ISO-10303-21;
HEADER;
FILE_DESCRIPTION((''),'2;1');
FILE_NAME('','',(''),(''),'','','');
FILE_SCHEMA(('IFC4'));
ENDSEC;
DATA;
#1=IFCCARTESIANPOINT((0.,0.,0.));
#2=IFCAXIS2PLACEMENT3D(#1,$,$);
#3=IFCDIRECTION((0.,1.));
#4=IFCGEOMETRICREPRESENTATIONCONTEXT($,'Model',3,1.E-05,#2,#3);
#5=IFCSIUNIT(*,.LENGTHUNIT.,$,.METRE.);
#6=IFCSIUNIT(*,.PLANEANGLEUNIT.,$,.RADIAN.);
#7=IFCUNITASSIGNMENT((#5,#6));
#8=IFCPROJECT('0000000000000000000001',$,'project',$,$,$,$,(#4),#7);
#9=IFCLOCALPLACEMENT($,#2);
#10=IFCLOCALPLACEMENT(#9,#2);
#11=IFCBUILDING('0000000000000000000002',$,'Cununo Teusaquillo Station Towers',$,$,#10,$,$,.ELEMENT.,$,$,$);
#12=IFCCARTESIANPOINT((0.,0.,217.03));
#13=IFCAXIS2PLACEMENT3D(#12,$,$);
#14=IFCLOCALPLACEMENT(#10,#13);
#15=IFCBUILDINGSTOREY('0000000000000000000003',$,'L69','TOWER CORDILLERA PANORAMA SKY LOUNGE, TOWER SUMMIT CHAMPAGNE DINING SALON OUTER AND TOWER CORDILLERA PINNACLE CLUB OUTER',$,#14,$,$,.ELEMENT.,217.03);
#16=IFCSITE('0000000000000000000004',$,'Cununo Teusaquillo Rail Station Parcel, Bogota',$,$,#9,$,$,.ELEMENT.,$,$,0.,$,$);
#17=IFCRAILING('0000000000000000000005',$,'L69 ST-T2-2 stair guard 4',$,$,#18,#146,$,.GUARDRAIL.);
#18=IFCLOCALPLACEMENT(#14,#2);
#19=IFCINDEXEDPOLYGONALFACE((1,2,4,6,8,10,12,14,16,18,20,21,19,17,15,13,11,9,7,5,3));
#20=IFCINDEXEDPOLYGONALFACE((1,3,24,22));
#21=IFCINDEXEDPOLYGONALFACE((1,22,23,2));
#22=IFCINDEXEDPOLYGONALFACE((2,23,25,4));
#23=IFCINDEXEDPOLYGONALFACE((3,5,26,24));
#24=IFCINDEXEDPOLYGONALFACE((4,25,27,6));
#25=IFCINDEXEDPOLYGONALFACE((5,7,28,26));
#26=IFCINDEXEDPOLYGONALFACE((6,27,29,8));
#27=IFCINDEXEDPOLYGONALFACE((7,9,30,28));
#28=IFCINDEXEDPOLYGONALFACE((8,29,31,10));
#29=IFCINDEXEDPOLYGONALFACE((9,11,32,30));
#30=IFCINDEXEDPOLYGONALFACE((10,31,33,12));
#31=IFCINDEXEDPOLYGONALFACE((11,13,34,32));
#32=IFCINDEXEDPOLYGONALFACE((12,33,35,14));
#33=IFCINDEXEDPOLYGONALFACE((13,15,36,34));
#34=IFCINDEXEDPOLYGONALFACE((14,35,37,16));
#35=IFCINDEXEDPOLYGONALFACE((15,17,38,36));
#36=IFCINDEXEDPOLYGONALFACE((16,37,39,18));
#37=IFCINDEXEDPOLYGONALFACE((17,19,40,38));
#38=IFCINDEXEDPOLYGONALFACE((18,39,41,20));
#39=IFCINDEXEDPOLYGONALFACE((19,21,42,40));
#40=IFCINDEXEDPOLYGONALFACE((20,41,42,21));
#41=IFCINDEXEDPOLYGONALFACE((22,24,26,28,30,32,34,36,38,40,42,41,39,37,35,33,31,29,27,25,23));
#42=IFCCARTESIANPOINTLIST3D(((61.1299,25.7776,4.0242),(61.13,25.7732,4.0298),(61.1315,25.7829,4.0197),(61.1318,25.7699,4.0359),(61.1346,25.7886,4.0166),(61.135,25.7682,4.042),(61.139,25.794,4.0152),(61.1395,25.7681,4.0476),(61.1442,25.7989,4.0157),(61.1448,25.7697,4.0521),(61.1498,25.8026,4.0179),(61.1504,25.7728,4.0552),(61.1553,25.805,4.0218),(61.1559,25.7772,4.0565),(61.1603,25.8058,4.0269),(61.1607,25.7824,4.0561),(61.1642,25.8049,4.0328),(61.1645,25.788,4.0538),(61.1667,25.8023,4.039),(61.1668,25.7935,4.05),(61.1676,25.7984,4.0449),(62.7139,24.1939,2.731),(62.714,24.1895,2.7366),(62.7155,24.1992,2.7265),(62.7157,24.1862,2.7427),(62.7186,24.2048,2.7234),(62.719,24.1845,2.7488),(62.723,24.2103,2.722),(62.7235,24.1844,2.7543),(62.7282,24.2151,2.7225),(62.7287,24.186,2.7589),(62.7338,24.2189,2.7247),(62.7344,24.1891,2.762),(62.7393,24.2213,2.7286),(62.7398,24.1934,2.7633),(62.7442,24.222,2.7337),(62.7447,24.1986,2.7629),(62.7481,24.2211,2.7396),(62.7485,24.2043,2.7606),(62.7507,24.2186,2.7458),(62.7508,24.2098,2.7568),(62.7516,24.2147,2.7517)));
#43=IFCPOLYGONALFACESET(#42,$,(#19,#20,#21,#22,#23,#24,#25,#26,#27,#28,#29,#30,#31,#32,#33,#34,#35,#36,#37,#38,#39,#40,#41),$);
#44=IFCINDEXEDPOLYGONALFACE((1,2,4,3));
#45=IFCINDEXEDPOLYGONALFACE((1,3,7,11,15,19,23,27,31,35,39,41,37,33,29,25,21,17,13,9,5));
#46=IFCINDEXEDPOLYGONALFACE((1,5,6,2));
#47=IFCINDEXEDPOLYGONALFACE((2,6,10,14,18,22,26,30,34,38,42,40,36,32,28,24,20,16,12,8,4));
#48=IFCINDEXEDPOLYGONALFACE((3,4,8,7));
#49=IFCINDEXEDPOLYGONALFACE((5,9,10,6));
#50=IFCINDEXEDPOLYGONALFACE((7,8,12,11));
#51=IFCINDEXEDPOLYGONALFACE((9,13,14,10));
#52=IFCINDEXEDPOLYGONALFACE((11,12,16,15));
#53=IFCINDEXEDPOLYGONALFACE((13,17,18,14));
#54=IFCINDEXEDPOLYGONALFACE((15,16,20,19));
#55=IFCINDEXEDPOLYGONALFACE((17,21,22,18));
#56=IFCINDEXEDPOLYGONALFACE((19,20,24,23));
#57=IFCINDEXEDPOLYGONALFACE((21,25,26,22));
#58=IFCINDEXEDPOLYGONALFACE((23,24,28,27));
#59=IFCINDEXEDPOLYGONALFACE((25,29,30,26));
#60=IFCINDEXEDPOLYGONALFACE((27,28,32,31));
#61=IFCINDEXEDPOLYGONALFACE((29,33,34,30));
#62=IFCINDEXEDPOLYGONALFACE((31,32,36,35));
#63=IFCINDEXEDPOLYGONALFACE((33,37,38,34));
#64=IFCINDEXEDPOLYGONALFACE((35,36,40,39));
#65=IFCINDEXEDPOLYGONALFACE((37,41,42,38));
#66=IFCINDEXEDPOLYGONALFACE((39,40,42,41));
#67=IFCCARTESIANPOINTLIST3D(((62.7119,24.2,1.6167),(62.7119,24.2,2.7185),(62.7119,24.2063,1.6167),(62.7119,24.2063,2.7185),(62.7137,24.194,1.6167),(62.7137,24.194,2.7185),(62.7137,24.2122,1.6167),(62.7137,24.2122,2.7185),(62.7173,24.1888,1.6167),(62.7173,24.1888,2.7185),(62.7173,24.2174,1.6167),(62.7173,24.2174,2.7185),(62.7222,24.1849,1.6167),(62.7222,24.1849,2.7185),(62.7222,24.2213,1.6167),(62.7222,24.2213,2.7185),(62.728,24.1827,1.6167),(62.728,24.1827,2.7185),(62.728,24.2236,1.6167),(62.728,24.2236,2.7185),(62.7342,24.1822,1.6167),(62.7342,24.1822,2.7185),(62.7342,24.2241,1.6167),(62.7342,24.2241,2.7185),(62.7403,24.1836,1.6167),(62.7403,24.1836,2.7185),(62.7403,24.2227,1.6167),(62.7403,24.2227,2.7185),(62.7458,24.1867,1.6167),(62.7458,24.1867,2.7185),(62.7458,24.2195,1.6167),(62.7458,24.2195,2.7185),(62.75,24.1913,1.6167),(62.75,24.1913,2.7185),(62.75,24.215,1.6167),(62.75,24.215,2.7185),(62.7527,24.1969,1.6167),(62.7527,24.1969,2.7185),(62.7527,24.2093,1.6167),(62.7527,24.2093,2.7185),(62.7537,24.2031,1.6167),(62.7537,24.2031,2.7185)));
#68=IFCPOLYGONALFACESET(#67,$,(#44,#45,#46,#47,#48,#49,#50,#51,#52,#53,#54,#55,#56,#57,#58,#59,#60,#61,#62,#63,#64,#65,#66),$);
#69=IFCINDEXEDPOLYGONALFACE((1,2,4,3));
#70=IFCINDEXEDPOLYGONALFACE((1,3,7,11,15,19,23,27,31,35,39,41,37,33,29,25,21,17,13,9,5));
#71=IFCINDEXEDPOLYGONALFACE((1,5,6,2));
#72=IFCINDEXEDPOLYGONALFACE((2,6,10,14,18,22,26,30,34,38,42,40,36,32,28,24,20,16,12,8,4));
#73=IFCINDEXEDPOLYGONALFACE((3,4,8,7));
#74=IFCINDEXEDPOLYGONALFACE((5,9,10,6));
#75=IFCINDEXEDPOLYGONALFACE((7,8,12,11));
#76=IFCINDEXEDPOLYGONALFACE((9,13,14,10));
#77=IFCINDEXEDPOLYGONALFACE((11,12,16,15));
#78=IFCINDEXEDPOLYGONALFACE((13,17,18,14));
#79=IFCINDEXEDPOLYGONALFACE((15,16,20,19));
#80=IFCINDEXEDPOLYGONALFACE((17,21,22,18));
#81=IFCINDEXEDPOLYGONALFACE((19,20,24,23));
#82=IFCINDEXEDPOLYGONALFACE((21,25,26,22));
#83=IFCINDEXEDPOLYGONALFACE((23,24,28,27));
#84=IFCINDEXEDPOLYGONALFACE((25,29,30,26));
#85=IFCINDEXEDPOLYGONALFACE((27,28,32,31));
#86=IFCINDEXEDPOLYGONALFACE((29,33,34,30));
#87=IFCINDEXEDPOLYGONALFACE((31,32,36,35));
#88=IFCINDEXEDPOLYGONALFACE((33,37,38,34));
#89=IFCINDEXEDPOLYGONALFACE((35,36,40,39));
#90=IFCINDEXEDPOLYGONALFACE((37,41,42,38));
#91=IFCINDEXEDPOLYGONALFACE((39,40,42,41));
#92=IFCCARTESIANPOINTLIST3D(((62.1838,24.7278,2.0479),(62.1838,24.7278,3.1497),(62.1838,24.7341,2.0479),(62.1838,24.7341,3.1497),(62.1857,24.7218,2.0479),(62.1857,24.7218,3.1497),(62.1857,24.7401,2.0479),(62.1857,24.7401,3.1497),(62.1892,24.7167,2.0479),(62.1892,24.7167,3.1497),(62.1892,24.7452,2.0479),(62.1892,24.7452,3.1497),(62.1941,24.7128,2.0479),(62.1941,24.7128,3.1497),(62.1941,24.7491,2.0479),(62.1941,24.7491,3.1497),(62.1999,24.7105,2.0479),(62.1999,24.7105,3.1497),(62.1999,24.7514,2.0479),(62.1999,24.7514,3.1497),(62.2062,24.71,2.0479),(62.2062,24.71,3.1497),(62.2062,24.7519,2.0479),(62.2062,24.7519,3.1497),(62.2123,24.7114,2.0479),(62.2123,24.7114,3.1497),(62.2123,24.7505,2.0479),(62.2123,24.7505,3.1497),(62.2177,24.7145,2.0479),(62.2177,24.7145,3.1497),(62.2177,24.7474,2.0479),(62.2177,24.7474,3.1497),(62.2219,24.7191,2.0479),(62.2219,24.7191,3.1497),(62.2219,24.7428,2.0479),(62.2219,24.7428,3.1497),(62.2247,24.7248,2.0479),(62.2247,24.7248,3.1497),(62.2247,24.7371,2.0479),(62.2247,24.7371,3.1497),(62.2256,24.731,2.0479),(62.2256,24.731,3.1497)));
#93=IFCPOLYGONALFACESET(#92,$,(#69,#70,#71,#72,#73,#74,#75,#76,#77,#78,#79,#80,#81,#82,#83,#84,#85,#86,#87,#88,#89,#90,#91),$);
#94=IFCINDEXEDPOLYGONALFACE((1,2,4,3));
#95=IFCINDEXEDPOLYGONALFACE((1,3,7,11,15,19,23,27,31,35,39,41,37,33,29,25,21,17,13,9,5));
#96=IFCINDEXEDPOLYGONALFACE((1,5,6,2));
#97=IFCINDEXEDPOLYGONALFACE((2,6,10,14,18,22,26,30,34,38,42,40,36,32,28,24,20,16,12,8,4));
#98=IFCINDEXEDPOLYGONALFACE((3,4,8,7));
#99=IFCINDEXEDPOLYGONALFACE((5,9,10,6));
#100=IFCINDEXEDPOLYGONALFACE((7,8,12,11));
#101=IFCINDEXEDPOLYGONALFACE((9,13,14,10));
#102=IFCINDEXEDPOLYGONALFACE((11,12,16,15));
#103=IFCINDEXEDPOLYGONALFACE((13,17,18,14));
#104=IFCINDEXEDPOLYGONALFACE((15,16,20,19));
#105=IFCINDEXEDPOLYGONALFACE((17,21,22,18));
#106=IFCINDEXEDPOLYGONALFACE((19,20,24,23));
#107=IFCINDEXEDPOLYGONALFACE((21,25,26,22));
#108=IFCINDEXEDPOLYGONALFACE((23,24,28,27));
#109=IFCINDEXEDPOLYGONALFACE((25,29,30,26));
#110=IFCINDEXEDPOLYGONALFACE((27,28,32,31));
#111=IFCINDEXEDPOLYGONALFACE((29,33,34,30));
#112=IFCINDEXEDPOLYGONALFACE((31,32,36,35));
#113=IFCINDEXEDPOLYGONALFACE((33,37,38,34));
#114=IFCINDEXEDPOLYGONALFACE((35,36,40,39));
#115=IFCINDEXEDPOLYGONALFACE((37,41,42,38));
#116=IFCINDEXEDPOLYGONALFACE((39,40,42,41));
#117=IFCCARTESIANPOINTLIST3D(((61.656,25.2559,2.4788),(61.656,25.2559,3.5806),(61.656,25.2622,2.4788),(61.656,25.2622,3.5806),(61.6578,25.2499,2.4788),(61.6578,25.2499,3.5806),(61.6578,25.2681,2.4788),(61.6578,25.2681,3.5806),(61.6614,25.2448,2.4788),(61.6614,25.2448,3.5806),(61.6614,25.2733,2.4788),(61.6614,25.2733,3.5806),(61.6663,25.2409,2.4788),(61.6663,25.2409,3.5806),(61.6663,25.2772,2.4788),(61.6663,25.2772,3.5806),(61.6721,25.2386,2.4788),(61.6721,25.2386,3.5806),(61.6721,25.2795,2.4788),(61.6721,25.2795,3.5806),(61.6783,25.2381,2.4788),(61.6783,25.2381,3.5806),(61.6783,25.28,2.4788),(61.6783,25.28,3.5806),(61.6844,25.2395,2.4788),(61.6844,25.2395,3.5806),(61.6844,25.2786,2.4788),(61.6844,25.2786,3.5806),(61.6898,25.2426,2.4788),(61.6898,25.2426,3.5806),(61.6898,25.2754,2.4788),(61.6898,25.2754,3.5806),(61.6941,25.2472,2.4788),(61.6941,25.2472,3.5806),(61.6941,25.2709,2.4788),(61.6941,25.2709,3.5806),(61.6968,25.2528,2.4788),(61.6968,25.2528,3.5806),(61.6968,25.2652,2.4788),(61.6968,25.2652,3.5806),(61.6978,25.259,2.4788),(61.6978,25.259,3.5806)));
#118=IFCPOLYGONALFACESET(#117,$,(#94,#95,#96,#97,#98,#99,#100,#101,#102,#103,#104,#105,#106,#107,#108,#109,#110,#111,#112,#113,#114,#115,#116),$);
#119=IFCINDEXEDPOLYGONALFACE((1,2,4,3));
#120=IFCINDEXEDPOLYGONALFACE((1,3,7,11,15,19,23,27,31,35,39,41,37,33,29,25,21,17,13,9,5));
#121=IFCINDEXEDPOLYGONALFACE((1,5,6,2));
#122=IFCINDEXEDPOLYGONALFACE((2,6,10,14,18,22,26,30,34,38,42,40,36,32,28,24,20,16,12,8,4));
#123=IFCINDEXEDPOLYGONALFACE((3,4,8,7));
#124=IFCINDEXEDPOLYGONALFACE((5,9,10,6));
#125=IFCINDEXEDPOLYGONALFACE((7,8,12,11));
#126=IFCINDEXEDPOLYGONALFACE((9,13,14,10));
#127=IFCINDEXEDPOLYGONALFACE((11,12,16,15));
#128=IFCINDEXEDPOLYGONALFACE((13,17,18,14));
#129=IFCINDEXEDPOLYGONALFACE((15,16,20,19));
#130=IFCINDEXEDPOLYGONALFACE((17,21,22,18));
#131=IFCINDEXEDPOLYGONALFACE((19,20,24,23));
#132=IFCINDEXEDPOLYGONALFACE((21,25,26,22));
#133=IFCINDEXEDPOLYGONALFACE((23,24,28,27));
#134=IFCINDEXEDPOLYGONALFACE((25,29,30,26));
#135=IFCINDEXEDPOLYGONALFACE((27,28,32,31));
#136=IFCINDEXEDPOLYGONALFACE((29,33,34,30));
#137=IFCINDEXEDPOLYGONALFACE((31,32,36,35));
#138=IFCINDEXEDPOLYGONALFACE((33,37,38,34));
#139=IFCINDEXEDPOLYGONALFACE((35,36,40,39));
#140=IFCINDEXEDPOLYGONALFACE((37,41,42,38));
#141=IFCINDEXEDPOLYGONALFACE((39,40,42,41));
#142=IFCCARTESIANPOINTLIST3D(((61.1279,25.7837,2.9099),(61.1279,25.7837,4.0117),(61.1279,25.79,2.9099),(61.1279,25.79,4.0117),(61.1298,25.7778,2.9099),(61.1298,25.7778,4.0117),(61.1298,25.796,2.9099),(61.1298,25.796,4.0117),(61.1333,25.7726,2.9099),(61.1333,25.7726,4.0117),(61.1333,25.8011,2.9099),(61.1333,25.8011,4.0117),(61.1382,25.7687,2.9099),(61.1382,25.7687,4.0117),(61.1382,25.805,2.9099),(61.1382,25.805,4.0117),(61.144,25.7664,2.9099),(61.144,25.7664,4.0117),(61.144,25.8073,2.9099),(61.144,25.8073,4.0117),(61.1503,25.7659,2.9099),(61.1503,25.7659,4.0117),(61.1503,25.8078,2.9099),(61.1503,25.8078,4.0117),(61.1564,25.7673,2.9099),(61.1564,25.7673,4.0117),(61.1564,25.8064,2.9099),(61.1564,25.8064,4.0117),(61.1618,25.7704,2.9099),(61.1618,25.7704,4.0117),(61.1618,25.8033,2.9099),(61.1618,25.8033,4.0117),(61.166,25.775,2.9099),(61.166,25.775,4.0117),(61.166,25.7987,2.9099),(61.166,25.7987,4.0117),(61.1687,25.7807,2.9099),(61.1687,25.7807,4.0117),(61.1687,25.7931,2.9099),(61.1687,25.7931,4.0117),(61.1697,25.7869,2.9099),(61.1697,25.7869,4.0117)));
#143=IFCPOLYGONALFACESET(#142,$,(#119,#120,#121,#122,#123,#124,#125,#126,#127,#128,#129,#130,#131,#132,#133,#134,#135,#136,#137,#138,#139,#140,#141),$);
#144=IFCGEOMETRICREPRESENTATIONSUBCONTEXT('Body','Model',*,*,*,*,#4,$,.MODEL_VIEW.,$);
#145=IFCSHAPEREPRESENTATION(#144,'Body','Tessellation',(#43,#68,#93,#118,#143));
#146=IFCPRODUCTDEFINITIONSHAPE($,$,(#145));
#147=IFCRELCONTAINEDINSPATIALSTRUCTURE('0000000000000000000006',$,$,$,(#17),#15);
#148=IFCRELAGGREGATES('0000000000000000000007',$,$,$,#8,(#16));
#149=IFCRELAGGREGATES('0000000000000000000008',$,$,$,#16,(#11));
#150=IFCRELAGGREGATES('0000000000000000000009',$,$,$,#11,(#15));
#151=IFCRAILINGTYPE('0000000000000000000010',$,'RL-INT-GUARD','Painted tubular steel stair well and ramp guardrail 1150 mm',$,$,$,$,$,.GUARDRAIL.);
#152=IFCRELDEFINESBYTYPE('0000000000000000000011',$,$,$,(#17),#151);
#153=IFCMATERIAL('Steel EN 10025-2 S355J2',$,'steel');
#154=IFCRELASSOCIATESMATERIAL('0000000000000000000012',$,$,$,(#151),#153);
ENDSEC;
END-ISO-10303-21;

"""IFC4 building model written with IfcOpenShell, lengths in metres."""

from ifc_helpers import new_model, si_unit, direction, frame, origin, origin_2d, place, context, subcontext, project, spatial, circle, extrude, material, type_object, element, save


model = new_model("IFC4")

# Units and contexts
model_context = context("Model", 3, precision=1e-05, world=origin(), true_north=direction((0.0, 1.0)))
body_context = subcontext(model_context, "Body", "Model", "MODEL_VIEW")
ifc_project = project(units=[si_unit("LENGTHUNIT", "METRE"), si_unit("PLANEANGLEUNIT", "RADIAN")], contexts=[model_context])

# Site, building, storey
site_placement = place(None, origin())
site = spatial("IfcSite", under=ifc_project, at=site_placement, Name="Cununo Teusaquillo Rail Station Parcel, Bogota", CompositionType="ELEMENT", RefElevation=0.0)
building_placement = place(site_placement, origin())
building = spatial("IfcBuilding", under=site, at=building_placement, Name="Cununo Teusaquillo Station Towers", CompositionType="ELEMENT")
storey_placement = place(building_placement, frame((0.0, 0.0, 217.03)))
storey = spatial("IfcBuildingStorey", under=building, at=storey_placement, Name="L69", Description="TOWER CORDILLERA PANORAMA SKY LOUNGE, TOWER SUMMIT CHAMPAGNE DINING SALON OUTER AND TOWER CORDILLERA PINNACLE CLUB OUTER", CompositionType="ELEMENT", Elevation=217.03)

# Railing
ifc_material_1 = material(Name="Steel EN 10025-2 S355J2", Category="steel")
railing_type_1 = type_object("IfcRailingType", Name="RL-INT-GUARD", Description="Painted tubular steel stair well and ramp guardrail 1150 mm", PredefinedType="GUARDRAIL", material=ifc_material_1)
railing_1_placement = place(storey_placement, frame((62.7327, 24.2031, 1.6167)))
element("IfcRailing", 1, at=railing_1_placement, inside=storey, type_object=railing_type_1, Name="L69 ST-T2-2 stair guard 4", PredefinedType="GUARDRAIL", context=body_context, shape_type="SweptSolid", body=[
    extrude(circle(Radius=0.0239, at=origin_2d()), frame((0.0, 0.0, 1.126), z_axis=(-0.61242, 0.612326, 0.499998), x_axis=(-0.707052, -0.707161, 0.0)), (0.0, 0.0, 1.0), 2.5864),
    extrude(circle(Radius=0.021, at=origin_2d()), origin(), (0.0, 0.0, 1.0), 1.1018),
    extrude(circle(Radius=0.021, at=origin_2d()), frame((-0.5281, 0.5278, 0.4312)), (0.0, 0.0, 1.0), 1.1018),
    extrude(circle(Radius=0.021, at=origin_2d()), frame((-1.0559, 1.0559, 0.8621)), (0.0, 0.0, 1.0), 1.1018),
    extrude(circle(Radius=0.021, at=origin_2d()), frame((-1.584, 1.5837, 1.2932)), (0.0, 0.0, 1.0), 1.1018),
])

save(model, "model.ifc")
